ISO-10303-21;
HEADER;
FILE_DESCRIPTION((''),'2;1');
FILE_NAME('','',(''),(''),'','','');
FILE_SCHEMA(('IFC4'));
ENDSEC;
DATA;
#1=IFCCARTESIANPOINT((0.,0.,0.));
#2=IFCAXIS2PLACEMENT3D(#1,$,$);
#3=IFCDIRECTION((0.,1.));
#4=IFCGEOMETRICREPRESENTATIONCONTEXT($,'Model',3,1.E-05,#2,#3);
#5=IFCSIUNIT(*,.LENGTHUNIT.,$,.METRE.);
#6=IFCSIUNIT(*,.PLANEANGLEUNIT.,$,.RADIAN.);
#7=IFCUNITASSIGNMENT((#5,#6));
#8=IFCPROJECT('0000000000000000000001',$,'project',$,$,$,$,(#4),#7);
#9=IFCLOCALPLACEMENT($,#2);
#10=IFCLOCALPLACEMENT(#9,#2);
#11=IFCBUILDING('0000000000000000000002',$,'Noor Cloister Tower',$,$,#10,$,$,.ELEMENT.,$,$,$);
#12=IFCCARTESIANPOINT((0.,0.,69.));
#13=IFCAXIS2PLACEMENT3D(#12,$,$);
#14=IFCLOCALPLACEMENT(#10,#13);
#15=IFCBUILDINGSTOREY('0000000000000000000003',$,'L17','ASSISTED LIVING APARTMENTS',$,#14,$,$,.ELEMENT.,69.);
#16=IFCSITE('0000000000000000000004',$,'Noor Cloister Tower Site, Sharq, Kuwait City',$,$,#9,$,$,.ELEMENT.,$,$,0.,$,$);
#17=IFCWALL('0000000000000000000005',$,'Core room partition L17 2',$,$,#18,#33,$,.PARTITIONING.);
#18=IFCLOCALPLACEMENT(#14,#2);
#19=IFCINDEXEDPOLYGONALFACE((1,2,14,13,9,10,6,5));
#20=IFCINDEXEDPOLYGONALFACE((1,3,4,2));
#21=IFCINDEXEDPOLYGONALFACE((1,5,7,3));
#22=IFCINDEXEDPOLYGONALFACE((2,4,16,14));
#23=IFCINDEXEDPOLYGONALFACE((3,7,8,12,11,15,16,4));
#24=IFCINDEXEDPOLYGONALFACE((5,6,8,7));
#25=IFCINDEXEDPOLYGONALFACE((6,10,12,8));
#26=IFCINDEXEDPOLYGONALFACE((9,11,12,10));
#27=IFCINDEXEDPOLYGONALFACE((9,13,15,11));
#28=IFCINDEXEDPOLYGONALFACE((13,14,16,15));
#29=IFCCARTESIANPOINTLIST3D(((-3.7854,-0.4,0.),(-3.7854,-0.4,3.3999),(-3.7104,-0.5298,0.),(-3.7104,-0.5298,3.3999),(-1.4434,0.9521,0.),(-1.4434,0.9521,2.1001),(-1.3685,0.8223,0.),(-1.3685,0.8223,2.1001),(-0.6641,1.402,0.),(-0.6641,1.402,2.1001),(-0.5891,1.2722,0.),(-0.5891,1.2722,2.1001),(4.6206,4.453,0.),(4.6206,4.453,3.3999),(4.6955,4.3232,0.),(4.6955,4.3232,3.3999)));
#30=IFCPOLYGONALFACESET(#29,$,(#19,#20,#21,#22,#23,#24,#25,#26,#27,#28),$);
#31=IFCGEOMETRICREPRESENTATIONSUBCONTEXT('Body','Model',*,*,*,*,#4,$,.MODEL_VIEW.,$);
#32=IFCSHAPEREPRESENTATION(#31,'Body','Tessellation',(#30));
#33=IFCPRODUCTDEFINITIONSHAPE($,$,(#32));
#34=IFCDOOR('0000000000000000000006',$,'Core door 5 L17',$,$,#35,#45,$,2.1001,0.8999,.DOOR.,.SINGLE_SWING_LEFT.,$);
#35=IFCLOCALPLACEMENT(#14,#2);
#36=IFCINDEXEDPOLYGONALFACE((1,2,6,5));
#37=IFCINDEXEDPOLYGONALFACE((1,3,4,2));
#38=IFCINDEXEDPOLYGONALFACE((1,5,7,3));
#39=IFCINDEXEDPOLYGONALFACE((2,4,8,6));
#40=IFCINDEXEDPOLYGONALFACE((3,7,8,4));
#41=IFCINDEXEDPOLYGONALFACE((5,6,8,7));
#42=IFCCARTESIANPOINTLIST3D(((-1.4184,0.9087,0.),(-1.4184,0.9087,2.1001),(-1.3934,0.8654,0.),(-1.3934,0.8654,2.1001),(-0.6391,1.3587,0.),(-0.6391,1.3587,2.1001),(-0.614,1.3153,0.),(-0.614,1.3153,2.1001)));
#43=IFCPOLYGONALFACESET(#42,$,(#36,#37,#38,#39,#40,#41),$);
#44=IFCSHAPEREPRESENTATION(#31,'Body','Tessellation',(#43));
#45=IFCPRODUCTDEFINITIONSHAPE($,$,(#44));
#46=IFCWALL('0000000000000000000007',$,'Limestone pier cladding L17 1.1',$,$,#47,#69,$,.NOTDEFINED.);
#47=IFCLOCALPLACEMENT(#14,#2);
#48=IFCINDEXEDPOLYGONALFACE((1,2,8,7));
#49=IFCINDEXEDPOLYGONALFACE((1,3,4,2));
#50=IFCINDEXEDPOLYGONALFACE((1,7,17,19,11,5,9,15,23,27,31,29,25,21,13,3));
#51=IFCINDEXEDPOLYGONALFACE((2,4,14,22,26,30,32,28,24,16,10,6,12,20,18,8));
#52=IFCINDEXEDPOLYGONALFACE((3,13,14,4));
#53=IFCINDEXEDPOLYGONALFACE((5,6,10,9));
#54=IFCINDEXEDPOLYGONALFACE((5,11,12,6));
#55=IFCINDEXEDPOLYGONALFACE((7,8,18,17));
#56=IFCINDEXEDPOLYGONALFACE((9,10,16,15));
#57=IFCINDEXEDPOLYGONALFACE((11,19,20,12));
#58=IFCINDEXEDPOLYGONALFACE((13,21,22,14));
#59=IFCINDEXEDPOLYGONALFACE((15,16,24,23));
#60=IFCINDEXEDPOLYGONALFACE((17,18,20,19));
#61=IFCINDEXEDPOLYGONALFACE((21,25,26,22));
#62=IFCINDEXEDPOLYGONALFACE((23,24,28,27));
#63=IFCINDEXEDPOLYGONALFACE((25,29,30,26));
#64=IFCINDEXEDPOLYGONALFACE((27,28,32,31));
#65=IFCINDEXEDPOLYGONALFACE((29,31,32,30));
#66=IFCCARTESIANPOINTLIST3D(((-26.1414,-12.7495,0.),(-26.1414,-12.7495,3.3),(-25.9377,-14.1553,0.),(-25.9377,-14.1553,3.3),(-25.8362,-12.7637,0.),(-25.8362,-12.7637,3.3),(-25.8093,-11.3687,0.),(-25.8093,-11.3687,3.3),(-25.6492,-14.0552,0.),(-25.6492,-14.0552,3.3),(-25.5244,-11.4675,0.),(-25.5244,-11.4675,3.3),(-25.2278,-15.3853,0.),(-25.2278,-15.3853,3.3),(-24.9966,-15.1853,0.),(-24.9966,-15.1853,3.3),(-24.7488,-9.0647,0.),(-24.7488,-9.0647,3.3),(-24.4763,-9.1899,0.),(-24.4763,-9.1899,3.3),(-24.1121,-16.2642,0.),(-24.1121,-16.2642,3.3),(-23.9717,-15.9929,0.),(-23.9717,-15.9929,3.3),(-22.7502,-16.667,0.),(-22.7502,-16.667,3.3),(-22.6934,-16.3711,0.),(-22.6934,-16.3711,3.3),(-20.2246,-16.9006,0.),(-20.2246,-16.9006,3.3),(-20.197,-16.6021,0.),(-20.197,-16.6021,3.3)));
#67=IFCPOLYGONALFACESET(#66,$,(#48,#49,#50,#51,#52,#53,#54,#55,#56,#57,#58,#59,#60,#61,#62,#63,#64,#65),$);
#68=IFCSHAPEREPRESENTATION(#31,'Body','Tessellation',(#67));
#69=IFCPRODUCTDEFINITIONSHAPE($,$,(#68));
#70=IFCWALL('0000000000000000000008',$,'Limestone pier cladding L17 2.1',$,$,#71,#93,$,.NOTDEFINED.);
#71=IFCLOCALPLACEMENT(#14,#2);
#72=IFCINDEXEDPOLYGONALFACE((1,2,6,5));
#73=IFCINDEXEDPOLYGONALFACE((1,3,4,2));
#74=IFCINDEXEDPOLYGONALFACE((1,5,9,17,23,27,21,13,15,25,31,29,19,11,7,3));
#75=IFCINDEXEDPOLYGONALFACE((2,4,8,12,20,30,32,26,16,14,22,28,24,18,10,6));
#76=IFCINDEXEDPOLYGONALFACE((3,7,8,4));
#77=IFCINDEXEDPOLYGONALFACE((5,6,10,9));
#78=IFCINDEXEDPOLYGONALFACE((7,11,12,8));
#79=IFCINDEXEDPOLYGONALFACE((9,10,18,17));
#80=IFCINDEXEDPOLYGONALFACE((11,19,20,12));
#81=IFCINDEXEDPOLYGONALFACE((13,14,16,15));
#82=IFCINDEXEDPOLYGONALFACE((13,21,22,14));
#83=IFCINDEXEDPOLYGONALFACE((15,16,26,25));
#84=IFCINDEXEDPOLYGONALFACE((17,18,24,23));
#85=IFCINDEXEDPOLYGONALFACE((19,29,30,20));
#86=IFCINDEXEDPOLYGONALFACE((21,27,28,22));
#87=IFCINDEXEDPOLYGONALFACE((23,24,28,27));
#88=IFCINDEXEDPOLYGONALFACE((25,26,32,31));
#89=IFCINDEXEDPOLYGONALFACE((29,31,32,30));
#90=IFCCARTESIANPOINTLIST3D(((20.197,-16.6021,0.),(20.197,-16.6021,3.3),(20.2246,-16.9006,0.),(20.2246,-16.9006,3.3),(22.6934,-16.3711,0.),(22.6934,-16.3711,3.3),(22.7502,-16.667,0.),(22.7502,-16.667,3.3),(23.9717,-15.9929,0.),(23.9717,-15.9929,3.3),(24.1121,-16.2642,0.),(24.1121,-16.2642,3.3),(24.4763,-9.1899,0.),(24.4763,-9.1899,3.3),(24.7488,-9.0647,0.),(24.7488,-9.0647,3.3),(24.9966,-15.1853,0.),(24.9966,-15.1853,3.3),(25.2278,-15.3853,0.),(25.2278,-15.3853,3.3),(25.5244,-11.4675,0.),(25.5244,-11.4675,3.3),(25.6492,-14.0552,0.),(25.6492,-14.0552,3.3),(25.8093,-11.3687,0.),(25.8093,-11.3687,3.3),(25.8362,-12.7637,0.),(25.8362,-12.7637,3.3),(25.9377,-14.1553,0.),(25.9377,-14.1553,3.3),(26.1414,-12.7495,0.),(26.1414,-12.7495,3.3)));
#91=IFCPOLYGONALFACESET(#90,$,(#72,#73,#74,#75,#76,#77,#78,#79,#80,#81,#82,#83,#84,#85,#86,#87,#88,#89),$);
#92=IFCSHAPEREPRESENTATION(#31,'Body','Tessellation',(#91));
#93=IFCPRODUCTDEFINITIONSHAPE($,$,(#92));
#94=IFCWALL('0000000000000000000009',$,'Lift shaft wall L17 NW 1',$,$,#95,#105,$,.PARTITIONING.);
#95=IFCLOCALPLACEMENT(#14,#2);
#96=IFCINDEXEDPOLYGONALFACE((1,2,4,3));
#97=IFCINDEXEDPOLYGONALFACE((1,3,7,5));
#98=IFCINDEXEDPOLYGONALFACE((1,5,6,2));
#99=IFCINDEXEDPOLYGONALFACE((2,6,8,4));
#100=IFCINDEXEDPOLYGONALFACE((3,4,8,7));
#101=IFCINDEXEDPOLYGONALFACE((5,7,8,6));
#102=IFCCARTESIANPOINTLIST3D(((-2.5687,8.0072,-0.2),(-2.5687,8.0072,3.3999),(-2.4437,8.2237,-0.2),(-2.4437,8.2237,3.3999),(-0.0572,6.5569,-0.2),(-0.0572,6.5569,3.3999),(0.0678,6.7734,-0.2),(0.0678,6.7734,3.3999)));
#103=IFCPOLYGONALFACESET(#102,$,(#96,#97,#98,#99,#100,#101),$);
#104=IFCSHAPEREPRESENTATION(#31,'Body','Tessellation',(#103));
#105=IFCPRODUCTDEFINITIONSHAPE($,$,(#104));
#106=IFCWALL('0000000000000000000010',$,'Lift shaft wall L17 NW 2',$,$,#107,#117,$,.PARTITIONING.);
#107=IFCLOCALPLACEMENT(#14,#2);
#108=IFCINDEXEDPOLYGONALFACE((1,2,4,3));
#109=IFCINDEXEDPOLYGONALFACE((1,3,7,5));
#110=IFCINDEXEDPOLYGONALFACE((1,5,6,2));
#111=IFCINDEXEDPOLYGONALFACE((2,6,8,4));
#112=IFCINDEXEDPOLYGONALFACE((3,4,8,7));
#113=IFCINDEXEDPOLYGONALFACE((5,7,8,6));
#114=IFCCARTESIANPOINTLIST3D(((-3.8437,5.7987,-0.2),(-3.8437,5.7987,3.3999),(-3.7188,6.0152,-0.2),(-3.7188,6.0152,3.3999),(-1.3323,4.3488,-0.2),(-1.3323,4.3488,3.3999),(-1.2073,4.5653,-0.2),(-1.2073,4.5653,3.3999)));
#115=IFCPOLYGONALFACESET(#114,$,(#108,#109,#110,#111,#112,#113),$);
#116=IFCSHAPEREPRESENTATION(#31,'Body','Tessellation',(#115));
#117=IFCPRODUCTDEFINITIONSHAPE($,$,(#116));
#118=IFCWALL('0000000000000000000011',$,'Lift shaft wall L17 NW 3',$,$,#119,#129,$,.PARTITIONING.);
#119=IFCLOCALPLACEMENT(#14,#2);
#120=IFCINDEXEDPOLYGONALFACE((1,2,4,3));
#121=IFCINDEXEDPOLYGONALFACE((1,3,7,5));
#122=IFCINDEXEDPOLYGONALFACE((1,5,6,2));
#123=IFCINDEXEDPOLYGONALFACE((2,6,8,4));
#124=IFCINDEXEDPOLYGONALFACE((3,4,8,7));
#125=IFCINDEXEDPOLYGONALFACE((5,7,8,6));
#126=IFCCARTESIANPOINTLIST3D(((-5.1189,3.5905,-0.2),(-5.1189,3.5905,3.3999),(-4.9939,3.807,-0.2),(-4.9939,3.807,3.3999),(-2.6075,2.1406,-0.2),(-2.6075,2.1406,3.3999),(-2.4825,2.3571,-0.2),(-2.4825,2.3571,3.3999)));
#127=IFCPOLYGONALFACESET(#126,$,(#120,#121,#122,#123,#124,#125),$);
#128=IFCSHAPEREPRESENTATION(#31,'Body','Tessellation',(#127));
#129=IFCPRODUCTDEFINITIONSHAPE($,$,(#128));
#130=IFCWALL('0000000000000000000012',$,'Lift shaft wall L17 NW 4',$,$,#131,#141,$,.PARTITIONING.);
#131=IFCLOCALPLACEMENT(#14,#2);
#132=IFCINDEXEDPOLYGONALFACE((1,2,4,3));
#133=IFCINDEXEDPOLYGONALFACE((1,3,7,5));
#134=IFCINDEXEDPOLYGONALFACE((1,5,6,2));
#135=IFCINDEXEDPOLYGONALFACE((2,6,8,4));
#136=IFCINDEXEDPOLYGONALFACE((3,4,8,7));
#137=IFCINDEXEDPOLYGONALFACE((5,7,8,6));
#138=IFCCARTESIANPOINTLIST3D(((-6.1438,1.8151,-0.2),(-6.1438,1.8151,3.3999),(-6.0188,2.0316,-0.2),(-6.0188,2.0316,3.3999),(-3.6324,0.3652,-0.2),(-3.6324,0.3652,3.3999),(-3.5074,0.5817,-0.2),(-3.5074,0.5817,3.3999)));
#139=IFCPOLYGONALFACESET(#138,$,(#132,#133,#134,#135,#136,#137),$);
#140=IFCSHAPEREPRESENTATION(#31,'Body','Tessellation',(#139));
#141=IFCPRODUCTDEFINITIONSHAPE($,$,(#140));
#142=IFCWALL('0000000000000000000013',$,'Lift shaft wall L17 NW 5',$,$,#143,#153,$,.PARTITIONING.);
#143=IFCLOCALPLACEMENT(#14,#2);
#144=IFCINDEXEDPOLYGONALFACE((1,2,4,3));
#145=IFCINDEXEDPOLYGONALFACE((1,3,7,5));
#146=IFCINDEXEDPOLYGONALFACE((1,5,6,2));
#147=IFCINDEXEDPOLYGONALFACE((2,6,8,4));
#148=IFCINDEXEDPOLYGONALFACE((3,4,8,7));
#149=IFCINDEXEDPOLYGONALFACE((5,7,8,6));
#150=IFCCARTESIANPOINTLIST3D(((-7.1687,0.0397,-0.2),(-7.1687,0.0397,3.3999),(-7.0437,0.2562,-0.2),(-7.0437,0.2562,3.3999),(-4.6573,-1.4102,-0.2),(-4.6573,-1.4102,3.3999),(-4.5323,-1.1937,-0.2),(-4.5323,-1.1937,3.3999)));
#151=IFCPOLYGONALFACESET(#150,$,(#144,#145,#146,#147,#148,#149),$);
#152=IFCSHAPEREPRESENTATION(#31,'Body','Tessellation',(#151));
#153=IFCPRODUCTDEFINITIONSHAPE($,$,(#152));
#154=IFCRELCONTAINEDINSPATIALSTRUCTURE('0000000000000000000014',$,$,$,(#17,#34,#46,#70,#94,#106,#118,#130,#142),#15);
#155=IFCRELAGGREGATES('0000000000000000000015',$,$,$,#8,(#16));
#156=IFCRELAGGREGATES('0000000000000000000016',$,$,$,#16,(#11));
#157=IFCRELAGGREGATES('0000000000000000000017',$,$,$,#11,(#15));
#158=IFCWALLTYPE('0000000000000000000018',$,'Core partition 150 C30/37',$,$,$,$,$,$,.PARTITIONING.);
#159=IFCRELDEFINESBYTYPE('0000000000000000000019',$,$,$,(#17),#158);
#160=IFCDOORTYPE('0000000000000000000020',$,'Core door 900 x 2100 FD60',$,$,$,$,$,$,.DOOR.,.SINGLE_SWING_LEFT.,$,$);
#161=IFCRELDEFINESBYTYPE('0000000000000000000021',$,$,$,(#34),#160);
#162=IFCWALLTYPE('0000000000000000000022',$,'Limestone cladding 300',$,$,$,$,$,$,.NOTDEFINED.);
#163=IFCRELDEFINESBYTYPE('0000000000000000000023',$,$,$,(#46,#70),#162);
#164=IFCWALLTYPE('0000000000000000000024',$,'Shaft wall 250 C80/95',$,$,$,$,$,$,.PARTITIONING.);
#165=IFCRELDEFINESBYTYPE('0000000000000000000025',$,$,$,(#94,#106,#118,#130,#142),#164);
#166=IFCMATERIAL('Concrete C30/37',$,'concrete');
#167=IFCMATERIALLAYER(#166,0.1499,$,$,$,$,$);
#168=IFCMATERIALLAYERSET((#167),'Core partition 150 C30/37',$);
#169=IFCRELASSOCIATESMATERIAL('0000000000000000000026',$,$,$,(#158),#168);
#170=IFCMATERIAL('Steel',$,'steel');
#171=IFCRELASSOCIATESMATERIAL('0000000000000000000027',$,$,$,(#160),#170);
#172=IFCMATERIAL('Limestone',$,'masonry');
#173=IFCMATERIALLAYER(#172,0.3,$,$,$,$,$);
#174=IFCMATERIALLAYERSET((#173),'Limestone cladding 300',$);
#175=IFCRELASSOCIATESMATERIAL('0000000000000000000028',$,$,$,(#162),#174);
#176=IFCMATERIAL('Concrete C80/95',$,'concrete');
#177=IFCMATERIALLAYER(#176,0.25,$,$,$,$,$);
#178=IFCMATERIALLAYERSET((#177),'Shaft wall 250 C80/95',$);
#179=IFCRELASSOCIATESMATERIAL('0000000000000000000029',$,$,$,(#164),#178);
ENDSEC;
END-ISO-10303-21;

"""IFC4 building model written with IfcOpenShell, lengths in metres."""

from ifc_helpers import new_model, si_unit, direction, frame, frame_2d, origin, place, context, subcontext, project, spatial, polyline, rectangle, outline, extrude, material, layer, layer_set, type_object, element, fill, save


model = new_model("IFC4")

# Units and contexts
model_context = context("Model", 3, precision=1e-05, world=origin(), true_north=direction((0.0, 1.0)))
body_context = subcontext(model_context, "Body", "Model", "MODEL_VIEW")
ifc_project = project(units=[si_unit("LENGTHUNIT", "METRE"), si_unit("PLANEANGLEUNIT", "RADIAN")], contexts=[model_context])

# Site, building, storey
site_placement = place(None, origin())
site = spatial("IfcSite", under=ifc_project, at=site_placement, Name="Noor Cloister Tower Site, Sharq, Kuwait City", CompositionType="ELEMENT", RefElevation=0.0)
building_placement = place(site_placement, origin())
building = spatial("IfcBuilding", under=site, at=building_placement, Name="Noor Cloister Tower", CompositionType="ELEMENT")
storey_placement = place(building_placement, frame((0.0, 0.0, 69.0)))
storey = spatial("IfcBuildingStorey", under=building, at=storey_placement, Name="L17", Description="ASSISTED LIVING APARTMENTS", CompositionType="ELEMENT", Elevation=69.0)

# Wall, opening, door
ifc_material_1 = material(Name="Concrete C30/37", Category="concrete")
ifc_layer_1 = layer(ifc_material_1, 0.1499)
ifc_layer_set_1 = layer_set([ifc_layer_1], Name="Core partition 150 C30/37")
wall_type_1 = type_object("IfcWallType", Name="Core partition 150 C30/37", PredefinedType="PARTITIONING", material=ifc_layer_set_1)
wall_1_placement = place(storey_placement, frame((-3.7478, -0.4648, 0.0), z_axis=(0.0, 0.0, 1.0), x_axis=(0.866034, 0.499986, 0.0)))
wall_1 = element("IfcWall", 1, at=wall_1_placement, inside=storey, type_object=wall_type_1, Name="Core room partition L17 2", PredefinedType="PARTITIONING", context=body_context, shape_type="SweptSolid", body=[
    extrude(rectangle(XDim=9.7063, YDim=0.1499, at=frame_2d((4.853, 0.0))), origin(), (0.0, 0.0, 1.0), 3.3999),
])
opening_1_placement = place(wall_1_placement, frame((2.7041, 0.0, 0.0)))
opening_1 = element("IfcOpeningElement", 2, at=opening_1_placement, cuts=wall_1, PredefinedType="OPENING", context=body_context, shape_type="SweptSolid", body=[
    extrude(rectangle(XDim=0.8999, YDim=2.1001, at=frame_2d((0.45, 1.05))), frame((0.0, 0.085, 0.0), z_axis=(0.0, -1.0, 0.0), x_axis=(1.0, 0.0, 0.0)), (0.0, 0.0, 1.0), 0.1699),
])
ifc_material_2 = material(Name="Steel", Category="steel")
door_type = type_object("IfcDoorType", Name="Core door 900 x 2100 FD60", OperationType="SINGLE_SWING_LEFT", PredefinedType="DOOR", material=ifc_material_2)
door_placement = place(opening_1_placement, origin())
door = element("IfcDoor", 3, at=door_placement, inside=storey, type_object=door_type, Name="Core door 5 L17", OperationType="SINGLE_SWING_LEFT", OverallHeight=2.1001, OverallWidth=0.8999, PredefinedType="DOOR", context=body_context, shape_type="SweptSolid", body=[
    extrude(rectangle(XDim=0.8999, YDim=2.1001, at=frame_2d((0.45, 1.05))), frame((0.0, 0.0249, 0.0), z_axis=(0.0, -1.0, 0.0), x_axis=(1.0, 0.0, 0.0)), (0.0, 0.0, 1.0), 0.05),
])
fill(opening_1, door)

# Walls
ifc_material_3 = material(Name="Limestone", Category="masonry")
ifc_layer_2 = layer(ifc_material_3, 0.3)
ifc_layer_set_2 = layer_set([ifc_layer_2], Name="Limestone cladding 300")
wall_type_2 = type_object("IfcWallType", Name="Limestone cladding 300", PredefinedType="NOTDEFINED", material=ifc_layer_set_2)
wall_2_placement = place(storey_placement, origin())
element("IfcWall", 4, at=wall_2_placement, inside=storey, type_object=wall_type_2, Name="Limestone pier cladding L17 1.1", PredefinedType="NOTDEFINED", context=body_context, shape_type="SweptSolid", body=[
    extrude(outline(polyline([(-24.7488, -9.0647), (-25.8093, -11.3687), (-26.1414, -12.7495), (-25.9377, -14.1553), (-25.2278, -15.3853), (-24.1121, -16.2642), (-22.7502, -16.667), (-20.2246, -16.9006), (-20.197, -16.6021), (-22.6934, -16.3711), (-23.9717, -15.9929), (-24.9966, -15.1853), (-25.6492, -14.0552), (-25.8362, -12.7637), (-25.5244, -11.4675), (-24.4763, -9.1899), (-24.7488, -9.0647)])), origin(), (0.0, 0.0, 1.0), 3.3),
])
wall_3_placement = place(storey_placement, origin())
element("IfcWall", 5, at=wall_3_placement, inside=storey, type_object=wall_type_2, Name="Limestone pier cladding L17 2.1", PredefinedType="NOTDEFINED", context=body_context, shape_type="SweptSolid", body=[
    extrude(outline(polyline([(20.2246, -16.9006), (22.7502, -16.667), (24.1121, -16.2642), (25.2278, -15.3853), (25.9377, -14.1553), (26.1414, -12.7495), (25.8093, -11.3687), (24.7488, -9.0647), (24.4763, -9.1899), (25.5244, -11.4675), (25.8362, -12.7637), (25.6492, -14.0552), (24.9966, -15.1853), (23.9717, -15.9929), (22.6934, -16.3711), (20.197, -16.6021), (20.2246, -16.9006)])), origin(), (0.0, 0.0, 1.0), 3.3),
])
ifc_material_4 = material(Name="Concrete C80/95", Category="concrete")
ifc_layer_3 = layer(ifc_material_4, 0.25)
ifc_layer_set_3 = layer_set([ifc_layer_3], Name="Shaft wall 250 C80/95")
wall_type_3 = type_object("IfcWallType", Name="Shaft wall 250 C80/95", PredefinedType="PARTITIONING", material=ifc_layer_set_3)
wall_4_placement = place(storey_placement, frame((-2.5063, 8.1155, -0.2), z_axis=(0.0, 0.0, 1.0), x_axis=(0.865996, -0.50005, 0.0)))
element("IfcWall", 6, at=wall_4_placement, inside=storey, type_object=wall_type_3, Name="Lift shaft wall L17 NW 1", PredefinedType="PARTITIONING", context=body_context, shape_type="SweptSolid", body=[
    extrude(rectangle(XDim=2.9001, YDim=0.25, at=frame_2d((1.4502, 0.0))), origin(), (0.0, 0.0, 1.0), 3.5999),
])
for number, where, z_axis, x_axis, name in (
    (7, (-3.7812, 5.907, -0.2), (0.0, 0.0, 1.0), (0.866033, -0.499987, 0.0), "Lift shaft wall L17 NW 2"),
    (8, (-5.0564, 3.6987, -0.2), (0.0, 0.0, 1.0), (0.866033, -0.499987, 0.0), "Lift shaft wall L17 NW 3"),
    (9, (-6.0813, 1.9233, -0.2), (0.0, 0.0, 1.0), (0.866033, -0.499987, 0.0), "Lift shaft wall L17 NW 4"),
    (10, (-7.1062, 0.1479, -0.2), (0.0, 0.0, 1.0), (0.866033, -0.499987, 0.0), "Lift shaft wall L17 NW 5"),
):
    element("IfcWall", number, at=place(storey_placement, frame(where, z_axis=z_axis, x_axis=x_axis)), inside=storey, type_object=wall_type_3, Name=name, PredefinedType="PARTITIONING", context=body_context, shape_type="SweptSolid", body=[
        extrude(rectangle(XDim=2.8999, YDim=0.25, at=frame_2d((1.45, 0.0))), origin(), (0.0, 0.0, 1.0), 3.5999),
    ])

save(model, "model.ifc")
